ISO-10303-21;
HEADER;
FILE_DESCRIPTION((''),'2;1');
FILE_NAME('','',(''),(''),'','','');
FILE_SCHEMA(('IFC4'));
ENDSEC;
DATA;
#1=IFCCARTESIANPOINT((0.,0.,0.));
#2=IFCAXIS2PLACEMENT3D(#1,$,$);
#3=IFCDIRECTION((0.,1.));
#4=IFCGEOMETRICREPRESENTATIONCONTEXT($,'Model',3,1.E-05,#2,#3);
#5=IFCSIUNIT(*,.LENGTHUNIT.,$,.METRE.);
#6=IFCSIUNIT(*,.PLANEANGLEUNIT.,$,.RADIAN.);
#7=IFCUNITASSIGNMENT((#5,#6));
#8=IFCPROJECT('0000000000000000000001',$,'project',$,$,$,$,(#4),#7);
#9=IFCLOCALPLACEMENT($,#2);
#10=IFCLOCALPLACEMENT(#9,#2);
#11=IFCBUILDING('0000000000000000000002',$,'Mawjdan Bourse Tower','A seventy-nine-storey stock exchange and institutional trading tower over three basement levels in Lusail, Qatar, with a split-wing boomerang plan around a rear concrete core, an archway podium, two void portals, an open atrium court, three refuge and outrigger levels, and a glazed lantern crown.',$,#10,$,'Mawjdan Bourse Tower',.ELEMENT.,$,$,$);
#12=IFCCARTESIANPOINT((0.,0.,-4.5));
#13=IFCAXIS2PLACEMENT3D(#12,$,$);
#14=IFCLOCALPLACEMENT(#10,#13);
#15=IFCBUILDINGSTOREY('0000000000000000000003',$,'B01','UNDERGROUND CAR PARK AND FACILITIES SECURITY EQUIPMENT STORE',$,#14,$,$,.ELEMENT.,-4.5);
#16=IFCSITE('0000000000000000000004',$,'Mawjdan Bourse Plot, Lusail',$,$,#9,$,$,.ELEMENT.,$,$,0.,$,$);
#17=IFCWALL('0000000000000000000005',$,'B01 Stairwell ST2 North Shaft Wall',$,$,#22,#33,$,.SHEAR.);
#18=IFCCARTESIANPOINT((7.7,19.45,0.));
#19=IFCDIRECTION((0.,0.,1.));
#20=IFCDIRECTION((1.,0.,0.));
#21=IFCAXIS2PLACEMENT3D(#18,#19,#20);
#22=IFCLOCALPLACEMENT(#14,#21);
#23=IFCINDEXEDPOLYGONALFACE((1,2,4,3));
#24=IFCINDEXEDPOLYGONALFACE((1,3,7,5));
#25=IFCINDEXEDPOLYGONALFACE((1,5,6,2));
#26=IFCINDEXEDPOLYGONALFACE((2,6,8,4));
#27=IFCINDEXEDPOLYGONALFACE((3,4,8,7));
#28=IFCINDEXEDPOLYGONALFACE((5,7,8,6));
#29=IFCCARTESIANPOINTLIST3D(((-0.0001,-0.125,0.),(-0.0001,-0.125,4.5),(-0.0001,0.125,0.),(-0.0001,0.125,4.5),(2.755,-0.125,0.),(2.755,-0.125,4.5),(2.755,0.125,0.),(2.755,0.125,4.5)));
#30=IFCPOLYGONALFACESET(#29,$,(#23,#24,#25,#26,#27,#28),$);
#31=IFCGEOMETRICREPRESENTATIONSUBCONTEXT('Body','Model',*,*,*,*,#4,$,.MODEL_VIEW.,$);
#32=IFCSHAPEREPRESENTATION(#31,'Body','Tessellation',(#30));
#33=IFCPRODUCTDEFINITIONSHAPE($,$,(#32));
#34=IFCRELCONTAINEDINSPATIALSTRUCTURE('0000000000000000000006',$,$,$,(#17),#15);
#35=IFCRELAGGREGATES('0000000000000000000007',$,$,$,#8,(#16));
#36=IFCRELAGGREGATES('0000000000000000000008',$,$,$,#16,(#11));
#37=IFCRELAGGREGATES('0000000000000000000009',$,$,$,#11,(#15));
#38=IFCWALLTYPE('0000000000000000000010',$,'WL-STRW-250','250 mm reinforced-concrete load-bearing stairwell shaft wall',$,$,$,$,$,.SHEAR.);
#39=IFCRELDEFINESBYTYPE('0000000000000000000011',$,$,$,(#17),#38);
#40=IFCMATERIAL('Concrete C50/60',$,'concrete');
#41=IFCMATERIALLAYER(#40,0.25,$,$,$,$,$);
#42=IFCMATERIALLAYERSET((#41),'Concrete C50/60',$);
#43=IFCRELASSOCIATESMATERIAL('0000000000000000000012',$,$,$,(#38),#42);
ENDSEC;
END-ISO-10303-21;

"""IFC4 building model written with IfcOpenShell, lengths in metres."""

from ifc_helpers import new_model, si_unit, direction, frame, frame_2d, origin, place, context, subcontext, project, spatial, rectangle, extrude, material, layer, layer_set, type_object, element, save


model = new_model("IFC4")

# Units and contexts
model_context = context("Model", 3, precision=1e-05, world=origin(), true_north=direction((0.0, 1.0)))
body_context = subcontext(model_context, "Body", "Model", "MODEL_VIEW")
ifc_project = project(units=[si_unit("LENGTHUNIT", "METRE"), si_unit("PLANEANGLEUNIT", "RADIAN")], contexts=[model_context])

# Site, building, storey
site_placement = place(None, origin())
site = spatial("IfcSite", under=ifc_project, at=site_placement, Name="Mawjdan Bourse Plot, Lusail", CompositionType="ELEMENT", RefElevation=0.0)
building_placement = place(site_placement, origin())
building = spatial("IfcBuilding", under=site, at=building_placement, Name="Mawjdan Bourse Tower", Description="A seventy-nine-storey stock exchange and institutional trading tower over three basement levels in Lusail, Qatar, with a split-wing boomerang plan around a rear concrete core, an archway podium, two void portals, an open atrium court, three refuge and outrigger levels, and a glazed lantern crown.", LongName="Mawjdan Bourse Tower", CompositionType="ELEMENT")
storey_placement = place(building_placement, frame((0.0, 0.0, -4.5)))
storey = spatial("IfcBuildingStorey", under=building, at=storey_placement, Name="B01", Description="UNDERGROUND CAR PARK AND FACILITIES SECURITY EQUIPMENT STORE", CompositionType="ELEMENT", Elevation=-4.5)

# Shared definitions
ifc_material_1 = material(Name="Concrete C50/60", Category="concrete")

# Wall
ifc_layer_1 = layer(ifc_material_1, 0.25)
ifc_layer_set_1 = layer_set([ifc_layer_1], Name="Concrete C50/60")
wall_type_1 = type_object("IfcWallType", Name="WL-STRW-250", Description="250 mm reinforced-concrete load-bearing stairwell shaft wall", PredefinedType="SHEAR", material=ifc_layer_set_1)
wall_1_placement = place(storey_placement, frame((7.7, 19.45, 0.0), z_axis=(0.0, 0.0, 1.0), x_axis=(1.0, 0.0, 0.0)))
element("IfcWall", 1, at=wall_1_placement, inside=storey, type_object=wall_type_1, Name="B01 Stairwell ST2 North Shaft Wall", PredefinedType="SHEAR", context=body_context, shape_type="SweptSolid", body=[
    extrude(rectangle(XDim=2.7551, YDim=0.25, at=frame_2d((1.3774, 0.0))), origin(), (0.0, 0.0, 1.0), 4.5),
])

save(model, "model.ifc")
